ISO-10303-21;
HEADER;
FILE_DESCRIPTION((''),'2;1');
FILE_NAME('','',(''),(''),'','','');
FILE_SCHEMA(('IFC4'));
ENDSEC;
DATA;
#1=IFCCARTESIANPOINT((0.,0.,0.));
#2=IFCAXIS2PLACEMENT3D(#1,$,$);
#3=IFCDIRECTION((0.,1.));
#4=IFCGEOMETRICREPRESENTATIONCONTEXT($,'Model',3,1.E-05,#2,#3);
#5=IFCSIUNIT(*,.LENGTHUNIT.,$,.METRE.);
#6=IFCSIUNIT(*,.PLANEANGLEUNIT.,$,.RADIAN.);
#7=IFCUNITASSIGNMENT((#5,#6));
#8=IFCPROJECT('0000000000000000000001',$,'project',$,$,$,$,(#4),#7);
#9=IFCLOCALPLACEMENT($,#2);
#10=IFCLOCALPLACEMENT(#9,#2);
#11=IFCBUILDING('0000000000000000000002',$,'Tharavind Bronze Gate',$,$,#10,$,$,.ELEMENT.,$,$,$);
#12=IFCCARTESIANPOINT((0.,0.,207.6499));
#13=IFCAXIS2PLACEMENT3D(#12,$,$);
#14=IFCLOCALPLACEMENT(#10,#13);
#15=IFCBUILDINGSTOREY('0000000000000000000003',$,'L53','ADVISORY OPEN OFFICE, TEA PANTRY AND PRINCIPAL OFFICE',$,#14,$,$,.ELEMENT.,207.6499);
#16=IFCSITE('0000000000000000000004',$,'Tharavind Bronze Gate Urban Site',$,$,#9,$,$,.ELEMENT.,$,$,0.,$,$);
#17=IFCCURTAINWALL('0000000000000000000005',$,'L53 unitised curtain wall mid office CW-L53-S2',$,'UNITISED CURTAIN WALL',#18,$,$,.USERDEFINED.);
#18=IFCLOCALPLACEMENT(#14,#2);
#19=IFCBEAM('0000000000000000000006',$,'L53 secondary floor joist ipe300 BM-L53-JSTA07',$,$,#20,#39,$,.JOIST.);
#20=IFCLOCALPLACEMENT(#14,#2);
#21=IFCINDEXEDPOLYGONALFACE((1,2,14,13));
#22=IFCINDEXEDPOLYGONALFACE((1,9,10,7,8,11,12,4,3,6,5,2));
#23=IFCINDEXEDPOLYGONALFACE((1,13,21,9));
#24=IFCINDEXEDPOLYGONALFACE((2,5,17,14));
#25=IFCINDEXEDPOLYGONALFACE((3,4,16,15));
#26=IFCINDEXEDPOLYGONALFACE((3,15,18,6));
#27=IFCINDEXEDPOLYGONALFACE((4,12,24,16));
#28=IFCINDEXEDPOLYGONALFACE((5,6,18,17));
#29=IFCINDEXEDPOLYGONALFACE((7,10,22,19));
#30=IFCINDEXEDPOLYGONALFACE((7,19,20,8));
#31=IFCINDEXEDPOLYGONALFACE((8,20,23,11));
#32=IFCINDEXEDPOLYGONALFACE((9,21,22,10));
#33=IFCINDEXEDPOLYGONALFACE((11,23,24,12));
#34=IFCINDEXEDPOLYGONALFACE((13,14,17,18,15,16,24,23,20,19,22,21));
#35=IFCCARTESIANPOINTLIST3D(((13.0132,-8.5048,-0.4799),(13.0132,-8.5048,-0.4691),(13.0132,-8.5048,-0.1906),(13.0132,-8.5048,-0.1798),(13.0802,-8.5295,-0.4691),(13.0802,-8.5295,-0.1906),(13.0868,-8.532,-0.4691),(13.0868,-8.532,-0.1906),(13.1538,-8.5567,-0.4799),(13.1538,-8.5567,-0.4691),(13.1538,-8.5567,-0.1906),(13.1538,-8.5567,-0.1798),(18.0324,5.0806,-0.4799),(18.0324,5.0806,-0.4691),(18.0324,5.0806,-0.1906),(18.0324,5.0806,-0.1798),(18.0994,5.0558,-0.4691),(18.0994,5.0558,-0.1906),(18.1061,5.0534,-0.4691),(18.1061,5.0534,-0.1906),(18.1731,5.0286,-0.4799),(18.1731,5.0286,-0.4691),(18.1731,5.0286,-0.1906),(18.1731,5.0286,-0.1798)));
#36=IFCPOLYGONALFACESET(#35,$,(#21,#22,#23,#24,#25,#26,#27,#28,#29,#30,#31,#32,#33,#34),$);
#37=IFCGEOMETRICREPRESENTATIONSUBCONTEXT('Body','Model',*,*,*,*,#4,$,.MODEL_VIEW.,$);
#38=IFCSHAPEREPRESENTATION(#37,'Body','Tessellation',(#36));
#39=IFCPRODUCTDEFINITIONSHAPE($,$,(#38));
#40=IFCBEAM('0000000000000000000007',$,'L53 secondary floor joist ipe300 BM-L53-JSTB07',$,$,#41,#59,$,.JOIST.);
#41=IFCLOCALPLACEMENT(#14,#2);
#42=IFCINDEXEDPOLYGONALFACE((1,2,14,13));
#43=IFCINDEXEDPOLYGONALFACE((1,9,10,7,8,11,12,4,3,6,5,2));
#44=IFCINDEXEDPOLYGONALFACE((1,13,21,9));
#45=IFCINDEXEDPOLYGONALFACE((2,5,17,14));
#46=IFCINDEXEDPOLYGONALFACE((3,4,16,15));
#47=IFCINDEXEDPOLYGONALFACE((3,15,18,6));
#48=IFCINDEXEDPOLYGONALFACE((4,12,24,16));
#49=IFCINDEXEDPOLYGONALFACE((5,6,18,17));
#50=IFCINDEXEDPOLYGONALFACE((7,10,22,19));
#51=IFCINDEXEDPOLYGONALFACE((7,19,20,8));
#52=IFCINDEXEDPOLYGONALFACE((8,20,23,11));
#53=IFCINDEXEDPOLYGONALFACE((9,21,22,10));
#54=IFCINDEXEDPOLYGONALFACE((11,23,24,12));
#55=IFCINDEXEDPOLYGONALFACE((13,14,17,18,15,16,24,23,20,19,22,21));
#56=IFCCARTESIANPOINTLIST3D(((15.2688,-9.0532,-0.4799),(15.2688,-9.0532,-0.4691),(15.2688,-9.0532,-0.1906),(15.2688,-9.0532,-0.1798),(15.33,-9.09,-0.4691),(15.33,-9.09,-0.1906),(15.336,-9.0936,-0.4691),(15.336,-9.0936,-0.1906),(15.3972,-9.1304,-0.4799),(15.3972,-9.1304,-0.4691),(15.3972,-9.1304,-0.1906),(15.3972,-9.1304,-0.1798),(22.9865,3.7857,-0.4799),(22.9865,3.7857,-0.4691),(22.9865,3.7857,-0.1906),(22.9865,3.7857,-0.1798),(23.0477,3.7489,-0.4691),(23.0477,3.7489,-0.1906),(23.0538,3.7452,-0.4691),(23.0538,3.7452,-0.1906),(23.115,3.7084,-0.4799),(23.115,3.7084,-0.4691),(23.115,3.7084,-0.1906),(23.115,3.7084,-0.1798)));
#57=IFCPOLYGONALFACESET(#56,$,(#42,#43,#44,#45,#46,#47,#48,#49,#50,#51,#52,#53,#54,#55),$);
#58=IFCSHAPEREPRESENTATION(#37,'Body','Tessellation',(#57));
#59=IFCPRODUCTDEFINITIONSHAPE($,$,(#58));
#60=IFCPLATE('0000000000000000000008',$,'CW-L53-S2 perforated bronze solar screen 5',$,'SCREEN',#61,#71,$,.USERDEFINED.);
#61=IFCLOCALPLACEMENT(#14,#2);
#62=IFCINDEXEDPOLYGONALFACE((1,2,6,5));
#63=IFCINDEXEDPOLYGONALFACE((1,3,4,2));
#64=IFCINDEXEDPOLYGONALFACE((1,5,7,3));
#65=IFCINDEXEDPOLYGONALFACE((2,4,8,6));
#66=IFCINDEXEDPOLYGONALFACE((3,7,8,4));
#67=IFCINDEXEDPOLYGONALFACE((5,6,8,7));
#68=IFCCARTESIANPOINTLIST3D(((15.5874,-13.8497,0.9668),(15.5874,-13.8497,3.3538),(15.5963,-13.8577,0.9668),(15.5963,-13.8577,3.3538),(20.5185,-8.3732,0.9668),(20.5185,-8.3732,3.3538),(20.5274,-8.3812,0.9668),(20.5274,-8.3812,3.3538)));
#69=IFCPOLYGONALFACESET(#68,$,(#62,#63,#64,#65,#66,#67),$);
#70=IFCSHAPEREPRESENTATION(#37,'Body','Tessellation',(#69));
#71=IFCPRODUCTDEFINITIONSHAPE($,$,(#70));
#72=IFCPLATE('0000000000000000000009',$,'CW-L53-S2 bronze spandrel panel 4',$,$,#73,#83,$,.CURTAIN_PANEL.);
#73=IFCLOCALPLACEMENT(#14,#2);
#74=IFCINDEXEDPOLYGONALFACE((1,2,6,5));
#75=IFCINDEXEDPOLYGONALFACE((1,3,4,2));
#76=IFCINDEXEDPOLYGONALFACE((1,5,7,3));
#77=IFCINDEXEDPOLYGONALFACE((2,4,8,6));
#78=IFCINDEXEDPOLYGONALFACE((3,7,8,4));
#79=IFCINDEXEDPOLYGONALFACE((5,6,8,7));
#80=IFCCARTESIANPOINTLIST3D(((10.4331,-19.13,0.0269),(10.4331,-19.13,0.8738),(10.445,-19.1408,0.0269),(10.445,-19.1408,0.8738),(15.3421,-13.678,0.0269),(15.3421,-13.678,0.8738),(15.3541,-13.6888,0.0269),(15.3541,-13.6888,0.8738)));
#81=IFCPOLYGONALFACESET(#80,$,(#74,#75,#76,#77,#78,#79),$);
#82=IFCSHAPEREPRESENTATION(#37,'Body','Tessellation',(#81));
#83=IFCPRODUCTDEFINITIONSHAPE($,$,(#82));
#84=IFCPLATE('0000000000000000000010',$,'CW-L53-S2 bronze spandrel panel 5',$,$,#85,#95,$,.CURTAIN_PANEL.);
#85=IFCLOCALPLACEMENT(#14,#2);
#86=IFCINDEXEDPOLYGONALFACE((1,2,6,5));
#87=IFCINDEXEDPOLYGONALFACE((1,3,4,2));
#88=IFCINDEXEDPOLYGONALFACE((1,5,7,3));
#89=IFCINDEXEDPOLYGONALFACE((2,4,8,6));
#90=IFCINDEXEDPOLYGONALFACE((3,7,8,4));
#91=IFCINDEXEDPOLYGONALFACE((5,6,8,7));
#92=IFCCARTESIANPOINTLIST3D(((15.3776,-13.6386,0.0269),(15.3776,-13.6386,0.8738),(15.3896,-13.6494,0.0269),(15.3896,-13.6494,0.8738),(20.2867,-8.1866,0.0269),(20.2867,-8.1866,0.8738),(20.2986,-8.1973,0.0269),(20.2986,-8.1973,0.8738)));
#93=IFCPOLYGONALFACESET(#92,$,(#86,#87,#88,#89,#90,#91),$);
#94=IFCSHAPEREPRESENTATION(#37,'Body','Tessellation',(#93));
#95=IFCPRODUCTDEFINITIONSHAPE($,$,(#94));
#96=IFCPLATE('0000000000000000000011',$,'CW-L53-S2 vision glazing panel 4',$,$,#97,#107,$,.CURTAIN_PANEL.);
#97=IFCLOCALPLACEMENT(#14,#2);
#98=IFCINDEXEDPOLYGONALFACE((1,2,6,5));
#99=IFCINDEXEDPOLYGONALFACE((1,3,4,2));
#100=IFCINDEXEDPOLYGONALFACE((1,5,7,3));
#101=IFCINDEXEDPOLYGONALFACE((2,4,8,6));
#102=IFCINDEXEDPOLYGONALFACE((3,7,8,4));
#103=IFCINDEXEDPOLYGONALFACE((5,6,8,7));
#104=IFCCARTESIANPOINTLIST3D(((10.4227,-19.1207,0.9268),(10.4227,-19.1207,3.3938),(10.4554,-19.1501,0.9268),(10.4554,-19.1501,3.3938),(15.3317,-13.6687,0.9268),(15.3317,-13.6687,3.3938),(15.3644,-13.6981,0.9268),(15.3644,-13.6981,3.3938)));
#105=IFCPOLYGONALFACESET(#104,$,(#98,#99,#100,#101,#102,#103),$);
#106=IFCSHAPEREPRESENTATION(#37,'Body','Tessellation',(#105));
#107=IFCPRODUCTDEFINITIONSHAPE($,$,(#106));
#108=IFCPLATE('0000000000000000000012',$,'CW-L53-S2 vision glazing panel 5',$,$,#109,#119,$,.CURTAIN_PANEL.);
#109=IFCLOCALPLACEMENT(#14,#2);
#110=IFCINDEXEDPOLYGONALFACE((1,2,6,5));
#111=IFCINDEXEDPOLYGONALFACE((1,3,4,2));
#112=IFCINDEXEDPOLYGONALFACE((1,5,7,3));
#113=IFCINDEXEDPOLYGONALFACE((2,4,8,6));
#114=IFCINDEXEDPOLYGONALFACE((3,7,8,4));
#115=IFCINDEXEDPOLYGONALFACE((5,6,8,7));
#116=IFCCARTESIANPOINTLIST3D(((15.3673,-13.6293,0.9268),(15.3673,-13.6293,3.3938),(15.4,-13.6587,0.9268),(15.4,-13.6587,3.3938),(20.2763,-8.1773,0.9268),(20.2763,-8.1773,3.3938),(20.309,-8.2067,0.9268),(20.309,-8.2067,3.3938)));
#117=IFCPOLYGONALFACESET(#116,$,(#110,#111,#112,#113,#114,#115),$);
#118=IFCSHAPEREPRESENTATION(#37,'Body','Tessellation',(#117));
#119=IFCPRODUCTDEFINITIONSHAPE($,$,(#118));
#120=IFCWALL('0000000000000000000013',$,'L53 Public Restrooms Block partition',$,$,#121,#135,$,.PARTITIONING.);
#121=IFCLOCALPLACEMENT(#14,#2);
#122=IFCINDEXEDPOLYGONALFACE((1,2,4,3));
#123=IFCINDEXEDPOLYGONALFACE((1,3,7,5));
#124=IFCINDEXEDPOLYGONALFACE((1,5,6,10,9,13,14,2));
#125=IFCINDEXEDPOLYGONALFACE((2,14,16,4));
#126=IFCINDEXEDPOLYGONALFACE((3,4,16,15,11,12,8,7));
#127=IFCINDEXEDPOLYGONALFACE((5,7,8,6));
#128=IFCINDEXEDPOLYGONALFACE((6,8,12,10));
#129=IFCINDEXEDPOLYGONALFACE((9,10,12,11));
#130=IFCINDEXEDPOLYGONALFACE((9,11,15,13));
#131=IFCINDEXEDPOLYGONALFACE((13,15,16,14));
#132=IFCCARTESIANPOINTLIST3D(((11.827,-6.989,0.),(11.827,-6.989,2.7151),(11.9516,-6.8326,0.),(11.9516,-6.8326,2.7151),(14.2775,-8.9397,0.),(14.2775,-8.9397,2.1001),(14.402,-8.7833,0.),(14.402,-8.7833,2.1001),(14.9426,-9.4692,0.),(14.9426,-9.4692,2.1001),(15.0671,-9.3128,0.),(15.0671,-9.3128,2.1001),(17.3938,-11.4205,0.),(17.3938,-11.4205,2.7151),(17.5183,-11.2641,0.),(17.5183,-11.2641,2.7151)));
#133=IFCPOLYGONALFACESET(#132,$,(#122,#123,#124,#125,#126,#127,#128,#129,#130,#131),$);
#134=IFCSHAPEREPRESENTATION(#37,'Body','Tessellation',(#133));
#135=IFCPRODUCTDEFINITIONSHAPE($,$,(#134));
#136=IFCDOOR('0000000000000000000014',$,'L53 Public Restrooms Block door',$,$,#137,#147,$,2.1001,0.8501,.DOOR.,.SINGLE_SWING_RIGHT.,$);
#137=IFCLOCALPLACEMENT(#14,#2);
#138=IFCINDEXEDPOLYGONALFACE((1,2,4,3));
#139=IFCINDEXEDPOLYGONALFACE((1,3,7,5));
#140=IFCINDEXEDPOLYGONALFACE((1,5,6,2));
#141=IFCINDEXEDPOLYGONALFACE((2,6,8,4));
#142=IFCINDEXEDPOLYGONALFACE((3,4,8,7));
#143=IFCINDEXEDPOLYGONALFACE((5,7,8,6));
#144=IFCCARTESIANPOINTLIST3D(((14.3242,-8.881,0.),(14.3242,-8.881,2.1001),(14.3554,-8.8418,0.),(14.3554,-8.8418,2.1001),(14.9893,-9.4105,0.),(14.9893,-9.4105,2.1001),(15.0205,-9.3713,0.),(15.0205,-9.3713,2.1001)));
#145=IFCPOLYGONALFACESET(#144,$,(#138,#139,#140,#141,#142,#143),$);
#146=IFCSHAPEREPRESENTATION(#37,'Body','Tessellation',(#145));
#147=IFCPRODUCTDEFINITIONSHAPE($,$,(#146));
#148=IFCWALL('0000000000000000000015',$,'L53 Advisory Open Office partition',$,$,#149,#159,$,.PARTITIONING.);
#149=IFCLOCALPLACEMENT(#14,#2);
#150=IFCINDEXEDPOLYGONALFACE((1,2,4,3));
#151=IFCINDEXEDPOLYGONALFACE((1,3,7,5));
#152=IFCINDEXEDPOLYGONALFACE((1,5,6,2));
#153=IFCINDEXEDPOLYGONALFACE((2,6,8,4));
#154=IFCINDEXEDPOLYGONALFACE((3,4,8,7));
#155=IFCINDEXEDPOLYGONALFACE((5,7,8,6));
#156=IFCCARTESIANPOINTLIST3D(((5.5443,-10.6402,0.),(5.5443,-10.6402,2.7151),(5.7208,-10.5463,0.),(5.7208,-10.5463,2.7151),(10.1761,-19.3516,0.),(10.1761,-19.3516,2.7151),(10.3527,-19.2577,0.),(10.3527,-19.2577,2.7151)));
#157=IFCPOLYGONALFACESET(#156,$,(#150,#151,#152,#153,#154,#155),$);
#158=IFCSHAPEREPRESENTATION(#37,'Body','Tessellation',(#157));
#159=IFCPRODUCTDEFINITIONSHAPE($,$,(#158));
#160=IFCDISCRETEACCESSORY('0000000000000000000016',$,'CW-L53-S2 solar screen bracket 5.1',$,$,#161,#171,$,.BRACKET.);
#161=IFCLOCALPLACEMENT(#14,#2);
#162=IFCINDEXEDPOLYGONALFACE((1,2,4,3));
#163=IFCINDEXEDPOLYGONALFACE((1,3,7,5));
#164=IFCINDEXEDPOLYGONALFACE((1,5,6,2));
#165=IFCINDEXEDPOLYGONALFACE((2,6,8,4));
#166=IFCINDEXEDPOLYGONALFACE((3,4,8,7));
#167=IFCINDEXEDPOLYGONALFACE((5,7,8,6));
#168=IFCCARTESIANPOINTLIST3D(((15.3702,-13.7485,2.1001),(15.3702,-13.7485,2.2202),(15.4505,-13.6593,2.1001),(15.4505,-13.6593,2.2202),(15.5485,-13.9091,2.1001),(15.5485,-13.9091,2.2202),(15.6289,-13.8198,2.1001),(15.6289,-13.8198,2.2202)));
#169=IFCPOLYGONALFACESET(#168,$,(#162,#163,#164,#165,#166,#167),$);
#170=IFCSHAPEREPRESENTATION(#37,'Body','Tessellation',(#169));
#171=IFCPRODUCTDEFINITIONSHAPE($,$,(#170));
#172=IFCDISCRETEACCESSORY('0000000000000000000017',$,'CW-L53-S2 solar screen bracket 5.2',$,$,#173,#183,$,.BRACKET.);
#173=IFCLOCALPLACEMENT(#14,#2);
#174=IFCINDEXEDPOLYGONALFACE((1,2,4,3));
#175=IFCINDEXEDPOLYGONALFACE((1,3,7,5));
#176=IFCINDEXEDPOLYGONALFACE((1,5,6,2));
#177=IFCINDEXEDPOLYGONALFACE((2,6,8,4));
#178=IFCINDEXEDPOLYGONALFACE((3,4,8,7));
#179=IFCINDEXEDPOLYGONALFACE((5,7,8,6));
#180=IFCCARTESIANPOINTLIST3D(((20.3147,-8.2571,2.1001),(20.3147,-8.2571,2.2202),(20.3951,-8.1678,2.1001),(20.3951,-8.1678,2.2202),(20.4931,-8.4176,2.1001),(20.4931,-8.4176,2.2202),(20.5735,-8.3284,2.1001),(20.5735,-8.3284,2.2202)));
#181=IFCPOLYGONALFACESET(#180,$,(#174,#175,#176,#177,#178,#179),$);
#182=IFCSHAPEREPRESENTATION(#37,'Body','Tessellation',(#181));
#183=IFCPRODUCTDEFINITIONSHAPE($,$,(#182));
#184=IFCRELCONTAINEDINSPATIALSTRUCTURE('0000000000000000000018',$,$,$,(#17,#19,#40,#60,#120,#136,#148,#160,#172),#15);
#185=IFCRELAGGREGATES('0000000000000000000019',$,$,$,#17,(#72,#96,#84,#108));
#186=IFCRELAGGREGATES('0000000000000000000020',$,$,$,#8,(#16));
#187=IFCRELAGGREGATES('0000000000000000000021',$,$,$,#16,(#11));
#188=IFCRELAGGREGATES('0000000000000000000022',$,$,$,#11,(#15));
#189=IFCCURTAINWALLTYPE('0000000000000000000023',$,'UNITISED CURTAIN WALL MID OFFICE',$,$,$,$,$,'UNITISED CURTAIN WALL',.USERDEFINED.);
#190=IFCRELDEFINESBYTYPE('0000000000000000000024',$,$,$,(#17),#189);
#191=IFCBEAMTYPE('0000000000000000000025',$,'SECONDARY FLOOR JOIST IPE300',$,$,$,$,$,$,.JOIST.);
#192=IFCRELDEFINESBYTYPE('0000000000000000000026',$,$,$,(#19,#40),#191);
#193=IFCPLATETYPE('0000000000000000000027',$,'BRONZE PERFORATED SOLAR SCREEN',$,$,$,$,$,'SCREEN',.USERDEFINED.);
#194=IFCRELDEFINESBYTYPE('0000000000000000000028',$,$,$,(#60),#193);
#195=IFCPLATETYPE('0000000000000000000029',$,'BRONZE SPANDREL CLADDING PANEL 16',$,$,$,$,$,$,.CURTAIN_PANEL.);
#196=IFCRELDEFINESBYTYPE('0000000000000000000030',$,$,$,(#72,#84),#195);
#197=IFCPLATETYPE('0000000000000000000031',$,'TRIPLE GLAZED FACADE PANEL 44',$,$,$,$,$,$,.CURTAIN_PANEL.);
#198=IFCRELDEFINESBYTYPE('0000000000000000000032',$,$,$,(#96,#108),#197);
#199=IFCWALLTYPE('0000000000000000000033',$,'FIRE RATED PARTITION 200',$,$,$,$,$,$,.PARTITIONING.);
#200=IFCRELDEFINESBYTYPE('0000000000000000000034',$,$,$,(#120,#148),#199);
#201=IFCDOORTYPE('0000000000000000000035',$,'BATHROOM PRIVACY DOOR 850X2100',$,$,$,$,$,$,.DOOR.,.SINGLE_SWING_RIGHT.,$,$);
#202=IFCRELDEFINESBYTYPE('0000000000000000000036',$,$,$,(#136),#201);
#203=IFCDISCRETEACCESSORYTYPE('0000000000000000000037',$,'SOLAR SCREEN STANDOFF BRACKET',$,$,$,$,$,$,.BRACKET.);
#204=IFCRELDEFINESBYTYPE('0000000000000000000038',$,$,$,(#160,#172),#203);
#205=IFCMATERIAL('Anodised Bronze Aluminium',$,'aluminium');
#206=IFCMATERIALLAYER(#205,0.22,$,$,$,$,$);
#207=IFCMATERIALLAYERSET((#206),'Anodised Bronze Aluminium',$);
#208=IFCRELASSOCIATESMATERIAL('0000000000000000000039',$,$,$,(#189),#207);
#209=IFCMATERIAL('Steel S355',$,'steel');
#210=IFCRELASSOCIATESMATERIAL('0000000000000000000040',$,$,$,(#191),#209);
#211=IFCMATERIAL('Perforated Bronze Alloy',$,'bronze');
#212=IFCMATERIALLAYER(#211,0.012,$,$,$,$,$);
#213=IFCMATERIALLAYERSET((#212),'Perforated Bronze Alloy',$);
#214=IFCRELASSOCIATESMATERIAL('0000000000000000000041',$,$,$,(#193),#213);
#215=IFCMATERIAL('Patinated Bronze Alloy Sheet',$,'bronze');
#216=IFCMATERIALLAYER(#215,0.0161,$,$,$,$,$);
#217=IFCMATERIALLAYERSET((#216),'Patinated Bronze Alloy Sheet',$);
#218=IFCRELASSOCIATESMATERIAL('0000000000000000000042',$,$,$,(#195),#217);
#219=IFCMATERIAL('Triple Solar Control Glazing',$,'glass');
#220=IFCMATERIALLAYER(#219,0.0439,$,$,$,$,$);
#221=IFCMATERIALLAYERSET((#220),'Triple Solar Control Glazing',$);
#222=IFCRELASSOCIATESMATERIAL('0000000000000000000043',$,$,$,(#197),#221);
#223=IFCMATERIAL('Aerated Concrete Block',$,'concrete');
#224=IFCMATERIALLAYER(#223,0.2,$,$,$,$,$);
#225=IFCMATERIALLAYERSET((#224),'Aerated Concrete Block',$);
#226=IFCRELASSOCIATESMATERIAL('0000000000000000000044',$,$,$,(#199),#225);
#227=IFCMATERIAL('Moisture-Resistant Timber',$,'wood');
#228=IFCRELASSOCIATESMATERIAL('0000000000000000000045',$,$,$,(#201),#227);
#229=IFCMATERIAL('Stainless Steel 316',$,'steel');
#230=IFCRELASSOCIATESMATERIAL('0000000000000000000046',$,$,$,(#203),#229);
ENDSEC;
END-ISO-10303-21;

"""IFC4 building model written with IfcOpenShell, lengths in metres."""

from ifc_helpers import new_model, si_unit, direction, frame, frame_2d, origin, origin_2d, place, context, subcontext, project, spatial, rectangle, i_section, extrude, material, layer, layer_set, material_profile, profile_set, type_object, element, fill, aggregate, save


model = new_model("IFC4")

# Units and contexts
model_context = context("Model", 3, precision=1e-05, world=origin(), true_north=direction((0.0, 1.0)))
body_context = subcontext(model_context, "Body", "Model", "MODEL_VIEW")
ifc_project = project(units=[si_unit("LENGTHUNIT", "METRE"), si_unit("PLANEANGLEUNIT", "RADIAN")], contexts=[model_context])

# Site, building, storey
site_placement = place(None, origin())
site = spatial("IfcSite", under=ifc_project, at=site_placement, Name="Tharavind Bronze Gate Urban Site", CompositionType="ELEMENT", RefElevation=0.0)
building_placement = place(site_placement, origin())
building = spatial("IfcBuilding", under=site, at=building_placement, Name="Tharavind Bronze Gate", CompositionType="ELEMENT")
storey_placement = place(building_placement, frame((0.0, 0.0, 207.6499)))
storey = spatial("IfcBuildingStorey", under=building, at=storey_placement, Name="L53", Description="ADVISORY OPEN OFFICE, TEA PANTRY AND PRINCIPAL OFFICE", CompositionType="ELEMENT", Elevation=207.6499)

# Curtain wall
ifc_material_1 = material(Name="Anodised Bronze Aluminium", Category="aluminium")
ifc_layer_1 = layer(ifc_material_1, 0.22)
ifc_layer_set_1 = layer_set([ifc_layer_1], Name="Anodised Bronze Aluminium")
curtain_wall_type = type_object("IfcCurtainWallType", Name="UNITISED CURTAIN WALL MID OFFICE", ElementType="UNITISED CURTAIN WALL", PredefinedType="USERDEFINED", material=ifc_layer_set_1)
curtain_wall_placement = place(storey_placement, origin())
curtain_wall = element("IfcCurtainWall", 1, at=curtain_wall_placement, inside=storey, type_object=curtain_wall_type, Name="L53 unitised curtain wall mid office CW-L53-S2", ObjectType="UNITISED CURTAIN WALL", PredefinedType="USERDEFINED")

# Beams
ifc_material_2 = material(Name="Steel S355", Category="steel")
ifc_material_profile_1 = material_profile(ifc_material_2, i_section(OverallWidth=0.1499, OverallDepth=0.3, WebThickness=0.0071, FlangeThickness=0.0107, at=origin_2d()), Name="IPE300")
ifc_profile_set_1 = profile_set([ifc_material_profile_1], Name="Steel S355")
beam_type_1 = type_object("IfcBeamType", Name="SECONDARY FLOOR JOIST IPE300", PredefinedType="JOIST", material=ifc_profile_set_1)
beam_1_placement = place(storey_placement, frame((13.0835, -8.5308, -0.3298), z_axis=(0.346564, 0.938026, 0.0), x_axis=(-0.938026, 0.346564, 0.0)))
element("IfcBeam", 2, at=beam_1_placement, inside=storey, type_object=beam_type_1, Name="L53 secondary floor joist ipe300 BM-L53-JSTA07", PredefinedType="JOIST", context=body_context, shape_type="SweptSolid", body=[
    extrude(i_section(OverallWidth=0.1499, OverallDepth=0.3, WebThickness=0.0071, FlangeThickness=0.0107, at=origin_2d()), origin(), (0.0, 0.0, 1.0), 14.4829),
])
beam_2_placement = place(storey_placement, frame((15.333, -9.0918, -0.3298), z_axis=(0.515205, 0.857067, 0.0), x_axis=(-0.857067, 0.515205, 0.0)))
element("IfcBeam", 3, at=beam_2_placement, inside=storey, type_object=beam_type_1, Name="L53 secondary floor joist ipe300 BM-L53-JSTB07", PredefinedType="JOIST", context=body_context, shape_type="SweptSolid", body=[
    extrude(i_section(OverallWidth=0.1499, OverallDepth=0.3, WebThickness=0.0071, FlangeThickness=0.0107, at=origin_2d()), origin(), (0.0, 0.0, 1.0), 14.98),
])

# Plates
ifc_material_3 = material(Name="Perforated Bronze Alloy", Category="bronze")
ifc_layer_2 = layer(ifc_material_3, 0.012)
ifc_layer_set_2 = layer_set([ifc_layer_2], Name="Perforated Bronze Alloy")
plate_type_1 = type_object("IfcPlateType", Name="BRONZE PERFORATED SOLAR SCREEN", ElementType="SCREEN", PredefinedType="USERDEFINED", material=ifc_layer_set_2)
plate_1_placement = place(storey_placement, frame((18.0574, -11.1155, 0.9668), z_axis=(0.0, 0.0, 1.0), x_axis=(0.669131, 0.743145, 0.0)))
element("IfcPlate", 4, at=plate_1_placement, inside=storey, type_object=plate_type_1, Name="CW-L53-S2 perforated bronze solar screen 5", ObjectType="SCREEN", PredefinedType="USERDEFINED", context=body_context, shape_type="SweptSolid", body=[
    extrude(rectangle(XDim=7.3694, YDim=0.012, at=origin_2d()), origin(), (0.0, 0.0, 1.0), 2.387),
])
ifc_material_4 = material(Name="Patinated Bronze Alloy Sheet", Category="bronze")
ifc_layer_3 = layer(ifc_material_4, 0.0161)
ifc_layer_set_3 = layer_set([ifc_layer_3], Name="Patinated Bronze Alloy Sheet")
plate_type_2 = type_object("IfcPlateType", Name="BRONZE SPANDREL CLADDING PANEL 16", PredefinedType="CURTAIN_PANEL", material=ifc_layer_set_3)
plate_2_placement = place(storey_placement, frame((12.8936, -16.4094, 0.0269), z_axis=(0.0, 0.0, 1.0), x_axis=(0.669131, 0.743145, 0.0)))
plate_2 = element("IfcPlate", 5, at=plate_2_placement, type_object=plate_type_2, Name="CW-L53-S2 bronze spandrel panel 4", PredefinedType="CURTAIN_PANEL", context=body_context, shape_type="SweptSolid", body=[
    extrude(rectangle(XDim=7.3364, YDim=0.0161, at=origin_2d()), origin(), (0.0, 0.0, 1.0), 0.8469),
])
plate_3_placement = place(storey_placement, frame((17.8381, -10.918, 0.0269), z_axis=(0.0, 0.0, 1.0), x_axis=(0.669131, 0.743145, 0.0)))
plate_3 = element("IfcPlate", 6, at=plate_3_placement, type_object=plate_type_2, Name="CW-L53-S2 bronze spandrel panel 5", PredefinedType="CURTAIN_PANEL", context=body_context, shape_type="SweptSolid", body=[
    extrude(rectangle(XDim=7.3364, YDim=0.0161, at=origin_2d()), origin(), (0.0, 0.0, 1.0), 0.8469),
])
ifc_material_5 = material(Name="Triple Solar Control Glazing", Category="glass")
ifc_layer_4 = layer(ifc_material_5, 0.0439)
ifc_layer_set_4 = layer_set([ifc_layer_4], Name="Triple Solar Control Glazing")
plate_type_3 = type_object("IfcPlateType", Name="TRIPLE GLAZED FACADE PANEL 44", PredefinedType="CURTAIN_PANEL", material=ifc_layer_set_4)
plate_4_placement = place(storey_placement, frame((12.8936, -16.4094, 0.9268), z_axis=(0.0, 0.0, 1.0), x_axis=(0.669131, 0.743145, 0.0)))
plate_4 = element("IfcPlate", 7, at=plate_4_placement, type_object=plate_type_3, Name="CW-L53-S2 vision glazing panel 4", PredefinedType="CURTAIN_PANEL", context=body_context, shape_type="SweptSolid", body=[
    extrude(rectangle(XDim=7.3364, YDim=0.0439, at=origin_2d()), origin(), (0.0, 0.0, 1.0), 2.467),
])
plate_5_placement = place(storey_placement, frame((17.8381, -10.918, 0.9268), z_axis=(0.0, 0.0, 1.0), x_axis=(0.669131, 0.743145, 0.0)))
plate_5 = element("IfcPlate", 8, at=plate_5_placement, type_object=plate_type_3, Name="CW-L53-S2 vision glazing panel 5", PredefinedType="CURTAIN_PANEL", context=body_context, shape_type="SweptSolid", body=[
    extrude(rectangle(XDim=7.3364, YDim=0.0439, at=origin_2d()), origin(), (0.0, 0.0, 1.0), 2.467),
])
aggregate(curtain_wall, [plate_2, plate_4, plate_3, plate_5])

# Wall, opening, door
ifc_material_6 = material(Name="Aerated Concrete Block", Category="concrete")
ifc_layer_5 = layer(ifc_material_6, 0.2)
ifc_layer_set_5 = layer_set([ifc_layer_5], Name="Aerated Concrete Block")
wall_type = type_object("IfcWallType", Name="FIRE RATED PARTITION 200", PredefinedType="PARTITIONING", material=ifc_layer_set_5)
wall_1_placement = place(storey_placement, frame((17.4561, -11.3423, 0.0), z_axis=(0.0, 0.0, 1.0), x_axis=(-0.78237, 0.622814, 0.0)))
wall_1 = element("IfcWall", 9, at=wall_1_placement, inside=storey, type_object=wall_type, Name="L53 Public Restrooms Block partition", PredefinedType="PARTITIONING", context=body_context, shape_type="SweptSolid", body=[
    extrude(rectangle(XDim=7.1152, YDim=0.2, at=frame_2d((3.5576, 0.0))), origin(), (0.0, 0.0, 1.0), 2.7151),
])
opening_placement = place(wall_1_placement, frame((3.1331, 0.0, 0.0)))
opening = element("IfcOpeningElement", 10, at=opening_placement, cuts=wall_1, PredefinedType="OPENING", context=body_context, shape_type="SweptSolid", body=[
    extrude(rectangle(XDim=0.8501, YDim=2.1001, at=frame_2d((0.425, 1.05))), frame((0.0, 0.1101, 0.0), z_axis=(0.0, -1.0, 0.0), x_axis=(1.0, 0.0, 0.0)), (0.0, 0.0, 1.0), 0.22),
])
ifc_material_7 = material(Name="Moisture-Resistant Timber", Category="wood")
door_type = type_object("IfcDoorType", Name="BATHROOM PRIVACY DOOR 850X2100", OperationType="SINGLE_SWING_RIGHT", PredefinedType="DOOR", material=ifc_material_7)
door_placement = place(opening_placement, origin())
door = element("IfcDoor", 11, at=door_placement, inside=storey, type_object=door_type, Name="L53 Public Restrooms Block door", OperationType="SINGLE_SWING_RIGHT", OverallHeight=2.1001, OverallWidth=0.8501, PredefinedType="DOOR", context=body_context, shape_type="SweptSolid", body=[
    extrude(rectangle(XDim=0.8501, YDim=2.1001, at=frame_2d((0.425, 1.05))), frame((0.0, 0.0249, 0.0), z_axis=(0.0, -1.0, 0.0), x_axis=(1.0, 0.0, 0.0)), (0.0, 0.0, 1.0), 0.05),
])
fill(opening, door)

# Wall
wall_2_placement = place(storey_placement, frame((5.6326, -10.5933, 0.0), z_axis=(0.0, 0.0, 1.0), x_axis=(0.469463, -0.882952, 0.0)))
element("IfcWall", 12, at=wall_2_placement, inside=storey, type_object=wall_type, Name="L53 Advisory Open Office partition", PredefinedType="PARTITIONING", context=body_context, shape_type="SweptSolid", body=[
    extrude(rectangle(XDim=9.8662, YDim=0.2, at=frame_2d((4.9331, 0.0))), origin(), (0.0, 0.0, 1.0), 2.7151),
])

# Discrete accessories
ifc_material_8 = material(Name="Stainless Steel 316", Category="steel")
discrete_accessory_type = type_object("IfcDiscreteAccessoryType", Name="SOLAR SCREEN STANDOFF BRACKET", PredefinedType="BRACKET", material=ifc_material_8)
for number, where, z_axis, x_axis, name in (
    (13, (15.4995, -13.7842, 2.1001), (0.0, 0.0, 1.0), (0.669131, 0.743145, 0.0), "CW-L53-S2 solar screen bracket 5.1"),
    (14, (20.4441, -8.2927, 2.1001), (0.0, 0.0, 1.0), (0.669131, 0.743145, 0.0), "CW-L53-S2 solar screen bracket 5.2"),
):
    element("IfcDiscreteAccessory", number, at=place(storey_placement, frame(where, z_axis=z_axis, x_axis=x_axis)), inside=storey, type_object=discrete_accessory_type, Name=name, PredefinedType="BRACKET", context=body_context, shape_type="SweptSolid", body=[
        extrude(rectangle(XDim=0.1201, YDim=0.24, at=origin_2d()), origin(), (0.0, 0.0, 1.0), 0.1201),
    ])

save(model, "model.ifc")
